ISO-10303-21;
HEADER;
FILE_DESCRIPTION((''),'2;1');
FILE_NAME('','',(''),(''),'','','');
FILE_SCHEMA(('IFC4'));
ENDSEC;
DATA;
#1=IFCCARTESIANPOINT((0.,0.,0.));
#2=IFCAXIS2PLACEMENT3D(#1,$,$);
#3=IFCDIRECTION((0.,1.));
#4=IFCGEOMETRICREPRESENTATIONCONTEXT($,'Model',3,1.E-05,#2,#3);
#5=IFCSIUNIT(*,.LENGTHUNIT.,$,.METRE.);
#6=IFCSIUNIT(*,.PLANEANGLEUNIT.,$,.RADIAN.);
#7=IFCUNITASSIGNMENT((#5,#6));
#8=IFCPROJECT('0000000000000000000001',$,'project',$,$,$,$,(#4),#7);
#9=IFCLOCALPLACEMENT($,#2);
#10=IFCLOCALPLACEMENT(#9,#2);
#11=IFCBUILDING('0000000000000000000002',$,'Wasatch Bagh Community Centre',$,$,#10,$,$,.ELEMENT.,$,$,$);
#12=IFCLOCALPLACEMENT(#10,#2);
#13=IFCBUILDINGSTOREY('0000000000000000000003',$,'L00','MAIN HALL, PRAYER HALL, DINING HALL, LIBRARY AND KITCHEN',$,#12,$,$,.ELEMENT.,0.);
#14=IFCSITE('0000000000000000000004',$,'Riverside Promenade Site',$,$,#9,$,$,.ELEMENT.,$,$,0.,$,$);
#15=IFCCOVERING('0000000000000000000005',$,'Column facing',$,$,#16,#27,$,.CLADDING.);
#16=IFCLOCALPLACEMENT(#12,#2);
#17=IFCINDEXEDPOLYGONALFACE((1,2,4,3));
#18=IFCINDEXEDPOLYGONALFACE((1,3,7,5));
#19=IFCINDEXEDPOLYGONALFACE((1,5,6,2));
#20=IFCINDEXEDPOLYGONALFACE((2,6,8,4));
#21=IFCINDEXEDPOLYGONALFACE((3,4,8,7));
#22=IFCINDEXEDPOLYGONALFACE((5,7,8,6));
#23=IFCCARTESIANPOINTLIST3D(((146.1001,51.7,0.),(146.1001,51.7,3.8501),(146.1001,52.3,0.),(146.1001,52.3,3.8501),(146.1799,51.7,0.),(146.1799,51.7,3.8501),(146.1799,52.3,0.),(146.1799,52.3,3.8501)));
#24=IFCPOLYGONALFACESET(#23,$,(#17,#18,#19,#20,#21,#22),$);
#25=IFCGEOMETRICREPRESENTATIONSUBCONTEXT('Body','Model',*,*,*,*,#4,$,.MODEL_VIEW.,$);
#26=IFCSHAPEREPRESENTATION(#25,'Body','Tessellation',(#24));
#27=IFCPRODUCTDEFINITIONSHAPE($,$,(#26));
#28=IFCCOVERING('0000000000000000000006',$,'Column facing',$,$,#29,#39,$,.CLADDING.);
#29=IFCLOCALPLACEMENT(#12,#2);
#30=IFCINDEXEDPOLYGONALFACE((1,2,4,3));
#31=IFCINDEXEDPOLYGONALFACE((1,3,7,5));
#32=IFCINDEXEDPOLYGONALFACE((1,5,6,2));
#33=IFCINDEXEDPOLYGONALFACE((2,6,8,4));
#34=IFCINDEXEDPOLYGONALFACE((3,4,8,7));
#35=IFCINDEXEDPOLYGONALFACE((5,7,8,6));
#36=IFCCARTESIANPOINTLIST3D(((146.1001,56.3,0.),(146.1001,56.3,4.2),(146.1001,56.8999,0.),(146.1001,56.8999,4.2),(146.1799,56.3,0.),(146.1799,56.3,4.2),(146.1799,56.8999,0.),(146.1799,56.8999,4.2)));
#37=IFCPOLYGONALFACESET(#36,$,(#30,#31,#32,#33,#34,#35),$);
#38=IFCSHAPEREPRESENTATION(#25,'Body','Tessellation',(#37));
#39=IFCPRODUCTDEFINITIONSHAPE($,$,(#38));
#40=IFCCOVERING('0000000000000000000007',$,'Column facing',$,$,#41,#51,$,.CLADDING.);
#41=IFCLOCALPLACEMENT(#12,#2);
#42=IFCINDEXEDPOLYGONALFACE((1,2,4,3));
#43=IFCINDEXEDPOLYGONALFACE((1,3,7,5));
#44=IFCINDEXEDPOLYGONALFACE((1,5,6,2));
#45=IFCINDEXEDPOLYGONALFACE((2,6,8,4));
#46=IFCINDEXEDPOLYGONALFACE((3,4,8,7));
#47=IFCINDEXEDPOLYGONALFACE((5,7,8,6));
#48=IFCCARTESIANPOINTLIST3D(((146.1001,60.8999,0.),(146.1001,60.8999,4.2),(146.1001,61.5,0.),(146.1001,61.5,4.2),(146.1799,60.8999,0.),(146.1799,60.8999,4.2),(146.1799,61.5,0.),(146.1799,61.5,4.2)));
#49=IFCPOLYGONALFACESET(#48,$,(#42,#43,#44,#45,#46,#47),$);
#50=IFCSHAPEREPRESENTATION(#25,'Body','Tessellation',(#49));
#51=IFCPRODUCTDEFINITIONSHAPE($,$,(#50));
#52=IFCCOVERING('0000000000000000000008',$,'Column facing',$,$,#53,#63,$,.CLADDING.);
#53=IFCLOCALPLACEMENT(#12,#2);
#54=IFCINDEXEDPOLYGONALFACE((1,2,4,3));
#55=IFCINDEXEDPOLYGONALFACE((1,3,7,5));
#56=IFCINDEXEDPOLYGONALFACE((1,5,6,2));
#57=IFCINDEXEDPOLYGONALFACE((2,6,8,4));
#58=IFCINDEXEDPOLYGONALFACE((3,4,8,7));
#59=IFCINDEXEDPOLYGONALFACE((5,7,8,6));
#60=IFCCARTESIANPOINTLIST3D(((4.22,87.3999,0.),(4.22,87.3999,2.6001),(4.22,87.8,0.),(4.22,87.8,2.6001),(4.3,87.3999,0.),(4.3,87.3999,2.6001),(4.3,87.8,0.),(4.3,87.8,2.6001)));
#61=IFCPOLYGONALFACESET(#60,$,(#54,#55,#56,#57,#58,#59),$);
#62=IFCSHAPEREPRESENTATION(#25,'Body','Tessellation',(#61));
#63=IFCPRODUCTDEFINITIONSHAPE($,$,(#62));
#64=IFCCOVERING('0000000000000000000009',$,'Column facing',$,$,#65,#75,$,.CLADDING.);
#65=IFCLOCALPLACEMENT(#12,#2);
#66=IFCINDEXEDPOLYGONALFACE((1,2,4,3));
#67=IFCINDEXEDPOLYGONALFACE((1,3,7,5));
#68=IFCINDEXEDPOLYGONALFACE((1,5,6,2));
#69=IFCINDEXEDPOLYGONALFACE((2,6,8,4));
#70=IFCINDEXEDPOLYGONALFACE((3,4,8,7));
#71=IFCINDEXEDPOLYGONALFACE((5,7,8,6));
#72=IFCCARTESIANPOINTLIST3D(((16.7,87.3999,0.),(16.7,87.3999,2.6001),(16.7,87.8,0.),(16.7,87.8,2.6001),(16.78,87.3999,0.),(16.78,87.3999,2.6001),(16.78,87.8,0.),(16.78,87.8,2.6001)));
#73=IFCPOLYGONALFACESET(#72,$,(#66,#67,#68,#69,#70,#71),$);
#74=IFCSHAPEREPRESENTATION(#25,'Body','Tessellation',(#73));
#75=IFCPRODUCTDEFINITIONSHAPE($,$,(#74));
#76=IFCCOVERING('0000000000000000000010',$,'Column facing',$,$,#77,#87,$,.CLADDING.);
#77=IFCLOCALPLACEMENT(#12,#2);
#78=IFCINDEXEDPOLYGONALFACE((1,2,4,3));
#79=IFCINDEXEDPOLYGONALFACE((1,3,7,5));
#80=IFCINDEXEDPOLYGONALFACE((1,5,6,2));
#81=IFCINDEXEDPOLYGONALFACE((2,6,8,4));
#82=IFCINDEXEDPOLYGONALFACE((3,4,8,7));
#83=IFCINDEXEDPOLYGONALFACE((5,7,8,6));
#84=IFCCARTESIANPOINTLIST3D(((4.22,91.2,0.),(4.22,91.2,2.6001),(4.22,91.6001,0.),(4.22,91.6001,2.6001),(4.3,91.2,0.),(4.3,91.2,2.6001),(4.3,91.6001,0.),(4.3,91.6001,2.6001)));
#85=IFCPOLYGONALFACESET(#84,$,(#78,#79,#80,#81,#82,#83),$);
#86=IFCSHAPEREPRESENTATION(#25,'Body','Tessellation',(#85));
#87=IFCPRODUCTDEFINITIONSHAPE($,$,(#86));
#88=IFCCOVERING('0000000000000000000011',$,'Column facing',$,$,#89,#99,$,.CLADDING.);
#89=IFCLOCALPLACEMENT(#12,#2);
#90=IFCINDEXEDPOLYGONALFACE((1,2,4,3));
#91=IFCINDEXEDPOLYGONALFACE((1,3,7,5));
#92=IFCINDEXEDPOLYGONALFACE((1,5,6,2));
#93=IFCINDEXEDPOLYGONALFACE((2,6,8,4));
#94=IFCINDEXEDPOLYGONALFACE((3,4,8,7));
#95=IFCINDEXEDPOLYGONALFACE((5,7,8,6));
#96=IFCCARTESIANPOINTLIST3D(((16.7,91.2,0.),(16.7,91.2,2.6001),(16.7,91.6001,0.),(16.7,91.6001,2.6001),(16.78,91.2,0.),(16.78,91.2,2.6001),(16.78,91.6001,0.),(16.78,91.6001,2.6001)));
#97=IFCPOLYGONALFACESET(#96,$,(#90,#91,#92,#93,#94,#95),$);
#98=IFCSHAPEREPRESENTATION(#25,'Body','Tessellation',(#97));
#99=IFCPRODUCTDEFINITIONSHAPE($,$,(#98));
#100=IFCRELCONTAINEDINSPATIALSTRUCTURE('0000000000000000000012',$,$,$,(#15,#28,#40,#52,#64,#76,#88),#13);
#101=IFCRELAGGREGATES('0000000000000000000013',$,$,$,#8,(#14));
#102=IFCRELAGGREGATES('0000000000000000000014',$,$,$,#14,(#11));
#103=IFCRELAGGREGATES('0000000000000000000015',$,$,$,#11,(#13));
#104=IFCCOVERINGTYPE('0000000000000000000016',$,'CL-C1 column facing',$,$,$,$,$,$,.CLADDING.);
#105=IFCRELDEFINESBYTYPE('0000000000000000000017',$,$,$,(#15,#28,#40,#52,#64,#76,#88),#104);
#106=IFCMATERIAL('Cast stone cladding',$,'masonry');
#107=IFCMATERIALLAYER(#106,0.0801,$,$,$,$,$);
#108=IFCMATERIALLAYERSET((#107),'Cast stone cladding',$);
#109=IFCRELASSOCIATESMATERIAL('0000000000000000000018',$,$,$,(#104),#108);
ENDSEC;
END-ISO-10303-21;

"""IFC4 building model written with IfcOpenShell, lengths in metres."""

from ifc_helpers import new_model, si_unit, direction, origin, place, context, subcontext, project, spatial, polyline, outline, extrude, material, layer, layer_set, type_object, element, save


model = new_model("IFC4")

# Units and contexts
model_context = context("Model", 3, precision=1e-05, world=origin(), true_north=direction((0.0, 1.0)))
body_context = subcontext(model_context, "Body", "Model", "MODEL_VIEW")
ifc_project = project(units=[si_unit("LENGTHUNIT", "METRE"), si_unit("PLANEANGLEUNIT", "RADIAN")], contexts=[model_context])

# Site, building, storey
site_placement = place(None, origin())
site = spatial("IfcSite", under=ifc_project, at=site_placement, Name="Riverside Promenade Site", CompositionType="ELEMENT", RefElevation=0.0)
building_placement = place(site_placement, origin())
building = spatial("IfcBuilding", under=site, at=building_placement, Name="Wasatch Bagh Community Centre", CompositionType="ELEMENT")
storey_placement = place(building_placement, origin())
storey = spatial("IfcBuildingStorey", under=building, at=storey_placement, Name="L00", Description="MAIN HALL, PRAYER HALL, DINING HALL, LIBRARY AND KITCHEN", CompositionType="ELEMENT", Elevation=0.0)

# Coverings
ifc_material = material(Name="Cast stone cladding", Category="masonry")
ifc_layer = layer(ifc_material, 0.0801)
ifc_layer_set = layer_set([ifc_layer], Name="Cast stone cladding")
covering_type = type_object("IfcCoveringType", Name="CL-C1 column facing", PredefinedType="CLADDING", material=ifc_layer_set)
covering_1_placement = place(storey_placement, origin())
element("IfcCovering", 1, at=covering_1_placement, inside=storey, type_object=covering_type, Name="Column facing", PredefinedType="CLADDING", context=body_context, shape_type="SweptSolid", body=[
    extrude(outline(polyline([(146.1001, 51.7), (146.1001, 52.3), (146.1799, 52.3), (146.1799, 51.7), (146.1001, 51.7)])), origin(), (0.0, 0.0, 1.0), 3.8501),
])
covering_2_placement = place(storey_placement, origin())
element("IfcCovering", 2, at=covering_2_placement, inside=storey, type_object=covering_type, Name="Column facing", PredefinedType="CLADDING", context=body_context, shape_type="SweptSolid", body=[
    extrude(outline(polyline([(146.1001, 56.3), (146.1001, 56.8999), (146.1799, 56.8999), (146.1799, 56.3), (146.1001, 56.3)])), origin(), (0.0, 0.0, 1.0), 4.2),
])
covering_3_placement = place(storey_placement, origin())
element("IfcCovering", 3, at=covering_3_placement, inside=storey, type_object=covering_type, Name="Column facing", PredefinedType="CLADDING", context=body_context, shape_type="SweptSolid", body=[
    extrude(outline(polyline([(146.1001, 60.8999), (146.1001, 61.5), (146.1799, 61.5), (146.1799, 60.8999), (146.1001, 60.8999)])), origin(), (0.0, 0.0, 1.0), 4.2),
])
covering_4_placement = place(storey_placement, origin())
element("IfcCovering", 4, at=covering_4_placement, inside=storey, type_object=covering_type, Name="Column facing", PredefinedType="CLADDING", context=body_context, shape_type="SweptSolid", body=[
    extrude(outline(polyline([(4.3, 87.8), (4.3, 87.3999), (4.22, 87.3999), (4.22, 87.8), (4.3, 87.8)])), origin(), (0.0, 0.0, 1.0), 2.6001),
])
covering_5_placement = place(storey_placement, origin())
element("IfcCovering", 5, at=covering_5_placement, inside=storey, type_object=covering_type, Name="Column facing", PredefinedType="CLADDING", context=body_context, shape_type="SweptSolid", body=[
    extrude(outline(polyline([(16.7, 87.3999), (16.7, 87.8), (16.78, 87.8), (16.78, 87.3999), (16.7, 87.3999)])), origin(), (0.0, 0.0, 1.0), 2.6001),
])
covering_6_placement = place(storey_placement, origin())
element("IfcCovering", 6, at=covering_6_placement, inside=storey, type_object=covering_type, Name="Column facing", PredefinedType="CLADDING", context=body_context, shape_type="SweptSolid", body=[
    extrude(outline(polyline([(4.3, 91.6001), (4.3, 91.2), (4.22, 91.2), (4.22, 91.6001), (4.3, 91.6001)])), origin(), (0.0, 0.0, 1.0), 2.6001),
])
covering_7_placement = place(storey_placement, origin())
element("IfcCovering", 7, at=covering_7_placement, inside=storey, type_object=covering_type, Name="Column facing", PredefinedType="CLADDING", context=body_context, shape_type="SweptSolid", body=[
    extrude(outline(polyline([(16.7, 91.2), (16.7, 91.6001), (16.78, 91.6001), (16.78, 91.2), (16.7, 91.2)])), origin(), (0.0, 0.0, 1.0), 2.6001),
])

save(model, "model.ifc")
